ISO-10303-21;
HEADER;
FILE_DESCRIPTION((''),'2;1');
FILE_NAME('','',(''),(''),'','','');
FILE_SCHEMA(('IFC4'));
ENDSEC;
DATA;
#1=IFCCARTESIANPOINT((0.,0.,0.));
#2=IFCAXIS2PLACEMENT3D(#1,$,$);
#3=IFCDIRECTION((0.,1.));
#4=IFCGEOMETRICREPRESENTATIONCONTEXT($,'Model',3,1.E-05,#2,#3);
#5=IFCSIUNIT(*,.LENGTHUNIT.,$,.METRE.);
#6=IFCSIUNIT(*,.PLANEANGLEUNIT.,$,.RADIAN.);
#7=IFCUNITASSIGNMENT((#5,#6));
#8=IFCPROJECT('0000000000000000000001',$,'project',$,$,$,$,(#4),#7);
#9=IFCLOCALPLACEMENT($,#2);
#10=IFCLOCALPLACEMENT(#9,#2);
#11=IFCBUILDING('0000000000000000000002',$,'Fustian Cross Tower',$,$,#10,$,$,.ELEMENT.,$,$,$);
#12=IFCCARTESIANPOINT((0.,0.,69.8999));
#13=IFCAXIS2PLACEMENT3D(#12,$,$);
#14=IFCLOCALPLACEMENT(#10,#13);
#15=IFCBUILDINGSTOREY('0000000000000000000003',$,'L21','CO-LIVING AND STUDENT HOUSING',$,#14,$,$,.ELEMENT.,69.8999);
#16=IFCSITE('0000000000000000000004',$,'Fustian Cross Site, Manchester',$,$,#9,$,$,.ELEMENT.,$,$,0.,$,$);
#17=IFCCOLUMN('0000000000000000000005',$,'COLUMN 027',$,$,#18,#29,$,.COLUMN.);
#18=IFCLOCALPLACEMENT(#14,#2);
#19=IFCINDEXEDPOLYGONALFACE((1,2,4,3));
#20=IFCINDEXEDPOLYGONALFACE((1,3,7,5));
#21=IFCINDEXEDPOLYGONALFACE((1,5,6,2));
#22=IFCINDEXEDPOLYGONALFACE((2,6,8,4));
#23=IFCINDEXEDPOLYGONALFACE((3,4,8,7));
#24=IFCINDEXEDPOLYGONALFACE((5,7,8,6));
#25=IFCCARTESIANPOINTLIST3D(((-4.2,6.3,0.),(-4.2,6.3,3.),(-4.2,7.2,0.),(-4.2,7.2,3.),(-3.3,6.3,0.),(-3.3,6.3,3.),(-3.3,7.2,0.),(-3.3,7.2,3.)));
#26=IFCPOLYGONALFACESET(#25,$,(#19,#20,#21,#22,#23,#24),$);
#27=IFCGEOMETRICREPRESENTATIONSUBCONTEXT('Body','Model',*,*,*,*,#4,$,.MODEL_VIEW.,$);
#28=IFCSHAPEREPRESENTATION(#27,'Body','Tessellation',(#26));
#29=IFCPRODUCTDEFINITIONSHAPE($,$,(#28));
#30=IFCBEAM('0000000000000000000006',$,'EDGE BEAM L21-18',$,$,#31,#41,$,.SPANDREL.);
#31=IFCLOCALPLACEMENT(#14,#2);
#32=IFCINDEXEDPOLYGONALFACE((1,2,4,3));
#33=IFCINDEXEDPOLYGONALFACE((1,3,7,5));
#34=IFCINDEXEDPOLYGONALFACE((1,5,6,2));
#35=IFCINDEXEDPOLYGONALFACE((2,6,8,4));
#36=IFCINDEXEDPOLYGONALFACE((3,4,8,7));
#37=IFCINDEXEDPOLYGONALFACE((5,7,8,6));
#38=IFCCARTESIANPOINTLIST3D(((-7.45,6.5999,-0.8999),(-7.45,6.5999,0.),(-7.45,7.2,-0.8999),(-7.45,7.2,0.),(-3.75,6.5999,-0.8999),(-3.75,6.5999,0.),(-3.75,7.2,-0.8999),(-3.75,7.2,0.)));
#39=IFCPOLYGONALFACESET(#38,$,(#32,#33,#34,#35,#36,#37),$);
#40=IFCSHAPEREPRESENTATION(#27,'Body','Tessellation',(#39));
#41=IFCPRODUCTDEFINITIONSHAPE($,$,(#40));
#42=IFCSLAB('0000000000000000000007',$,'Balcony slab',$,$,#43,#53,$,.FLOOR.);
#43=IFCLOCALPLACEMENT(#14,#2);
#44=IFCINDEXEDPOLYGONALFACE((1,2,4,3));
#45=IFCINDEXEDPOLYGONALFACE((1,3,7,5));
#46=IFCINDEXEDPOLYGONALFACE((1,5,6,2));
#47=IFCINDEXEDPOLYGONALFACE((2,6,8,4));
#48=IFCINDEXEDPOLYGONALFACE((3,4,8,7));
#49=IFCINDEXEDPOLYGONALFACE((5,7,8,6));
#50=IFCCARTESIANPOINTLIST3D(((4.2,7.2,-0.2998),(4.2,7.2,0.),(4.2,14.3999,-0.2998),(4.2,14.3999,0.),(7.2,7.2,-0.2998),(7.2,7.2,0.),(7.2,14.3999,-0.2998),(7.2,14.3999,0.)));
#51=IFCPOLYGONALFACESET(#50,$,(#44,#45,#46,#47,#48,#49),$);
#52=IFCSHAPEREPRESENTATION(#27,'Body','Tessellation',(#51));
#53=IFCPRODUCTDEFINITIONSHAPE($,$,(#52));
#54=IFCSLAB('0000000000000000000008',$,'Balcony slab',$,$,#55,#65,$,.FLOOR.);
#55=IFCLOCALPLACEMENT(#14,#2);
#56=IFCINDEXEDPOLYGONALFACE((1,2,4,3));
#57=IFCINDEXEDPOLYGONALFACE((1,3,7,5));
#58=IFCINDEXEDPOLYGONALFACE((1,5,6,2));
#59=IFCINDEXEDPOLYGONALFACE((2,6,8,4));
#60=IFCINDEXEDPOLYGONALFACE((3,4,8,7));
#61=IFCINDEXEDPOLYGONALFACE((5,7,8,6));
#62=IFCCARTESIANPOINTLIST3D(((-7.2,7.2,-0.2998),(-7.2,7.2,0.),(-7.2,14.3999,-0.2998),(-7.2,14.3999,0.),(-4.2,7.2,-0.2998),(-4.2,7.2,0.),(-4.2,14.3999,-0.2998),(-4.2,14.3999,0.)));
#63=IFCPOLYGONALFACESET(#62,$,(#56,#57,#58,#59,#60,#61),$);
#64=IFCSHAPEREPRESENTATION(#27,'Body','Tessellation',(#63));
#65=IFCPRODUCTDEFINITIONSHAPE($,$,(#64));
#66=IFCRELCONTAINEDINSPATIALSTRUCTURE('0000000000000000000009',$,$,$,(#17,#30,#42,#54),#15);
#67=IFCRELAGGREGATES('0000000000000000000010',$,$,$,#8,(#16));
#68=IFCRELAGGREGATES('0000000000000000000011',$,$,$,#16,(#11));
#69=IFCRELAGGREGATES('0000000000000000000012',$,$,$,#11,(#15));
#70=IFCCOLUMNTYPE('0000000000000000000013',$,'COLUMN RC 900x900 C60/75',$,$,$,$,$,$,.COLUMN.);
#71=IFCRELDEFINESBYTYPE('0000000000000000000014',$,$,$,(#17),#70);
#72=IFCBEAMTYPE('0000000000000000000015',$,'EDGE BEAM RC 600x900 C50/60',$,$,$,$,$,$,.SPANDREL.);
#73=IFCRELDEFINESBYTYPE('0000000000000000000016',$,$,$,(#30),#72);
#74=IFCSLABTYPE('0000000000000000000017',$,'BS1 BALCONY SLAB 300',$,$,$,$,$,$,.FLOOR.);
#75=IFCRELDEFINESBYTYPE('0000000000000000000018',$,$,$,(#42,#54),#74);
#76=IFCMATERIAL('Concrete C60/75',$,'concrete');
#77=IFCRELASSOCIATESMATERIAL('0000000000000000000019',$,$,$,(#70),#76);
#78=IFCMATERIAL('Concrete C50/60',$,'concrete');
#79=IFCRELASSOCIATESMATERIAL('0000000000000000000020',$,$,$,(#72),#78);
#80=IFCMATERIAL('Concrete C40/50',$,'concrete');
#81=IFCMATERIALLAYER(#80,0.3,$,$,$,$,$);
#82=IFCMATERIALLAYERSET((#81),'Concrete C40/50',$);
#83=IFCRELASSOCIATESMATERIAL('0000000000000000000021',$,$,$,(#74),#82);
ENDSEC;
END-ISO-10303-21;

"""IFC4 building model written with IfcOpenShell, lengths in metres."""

from ifc_helpers import new_model, si_unit, direction, frame, origin, origin_2d, place, context, subcontext, project, spatial, polyline, rectangle, outline, extrude, material, layer, layer_set, material_profile, profile_set, type_object, element, save


model = new_model("IFC4")

# Units and contexts
model_context = context("Model", 3, precision=1e-05, world=origin(), true_north=direction((0.0, 1.0)))
body_context = subcontext(model_context, "Body", "Model", "MODEL_VIEW")
ifc_project = project(units=[si_unit("LENGTHUNIT", "METRE"), si_unit("PLANEANGLEUNIT", "RADIAN")], contexts=[model_context])

# Site, building, storey
site_placement = place(None, origin())
site = spatial("IfcSite", under=ifc_project, at=site_placement, Name="Fustian Cross Site, Manchester", CompositionType="ELEMENT", RefElevation=0.0)
building_placement = place(site_placement, origin())
building = spatial("IfcBuilding", under=site, at=building_placement, Name="Fustian Cross Tower", CompositionType="ELEMENT")
storey_placement = place(building_placement, frame((0.0, 0.0, 69.8999)))
storey = spatial("IfcBuildingStorey", under=building, at=storey_placement, Name="L21", Description="CO-LIVING AND STUDENT HOUSING", CompositionType="ELEMENT", Elevation=69.8999)

# Column
ifc_material_1 = material(Name="Concrete C60/75", Category="concrete")
ifc_material_profile_1 = material_profile(ifc_material_1, rectangle(XDim=0.8999, YDim=0.8999, at=origin_2d()), Name="RC 900x900")
ifc_profile_set_1 = profile_set([ifc_material_profile_1], Name="Concrete C60/75")
column_type = type_object("IfcColumnType", Name="COLUMN RC 900x900 C60/75", PredefinedType="COLUMN", material=ifc_profile_set_1)
column_placement = place(storey_placement, frame((-3.75, 6.75, 0.0), z_axis=(0.0, 0.0, 1.0), x_axis=(1.0, 0.0, 0.0)))
element("IfcColumn", 1, at=column_placement, inside=storey, type_object=column_type, Name="COLUMN 027", PredefinedType="COLUMN", context=body_context, shape_type="SweptSolid", body=[
    extrude(rectangle(XDim=0.8999, YDim=0.8999, at=origin_2d()), origin(), (0.0, 0.0, 1.0), 3.0),
])

# Beam
ifc_material_2 = material(Name="Concrete C50/60", Category="concrete")
ifc_material_profile_2 = material_profile(ifc_material_2, rectangle(XDim=0.6001, YDim=0.8999, at=origin_2d()), Name="RC 600x900")
ifc_profile_set_2 = profile_set([ifc_material_profile_2], Name="Concrete C50/60")
beam_type = type_object("IfcBeamType", Name="EDGE BEAM RC 600x900 C50/60", PredefinedType="SPANDREL", material=ifc_profile_set_2)
beam_placement = place(storey_placement, frame((-3.75, 6.8999, -0.45), z_axis=(-1.0, 0.0, 0.0), x_axis=(0.0, -1.0, 0.0)))
element("IfcBeam", 2, at=beam_placement, inside=storey, type_object=beam_type, Name="EDGE BEAM L21-18", PredefinedType="SPANDREL", context=body_context, shape_type="SweptSolid", body=[
    extrude(rectangle(XDim=0.6001, YDim=0.8999, at=origin_2d()), origin(), (0.0, 0.0, 1.0), 3.7),
])

# Slabs
ifc_material_3 = material(Name="Concrete C40/50", Category="concrete")
ifc_layer_1 = layer(ifc_material_3, 0.3)
ifc_layer_set_1 = layer_set([ifc_layer_1], Name="Concrete C40/50")
slab_type_1 = type_object("IfcSlabType", Name="BS1 BALCONY SLAB 300", PredefinedType="FLOOR", material=ifc_layer_set_1)
slab_1_placement = place(storey_placement, frame((0.0, 0.0, -0.2998)))
element("IfcSlab", 3, at=slab_1_placement, inside=storey, type_object=slab_type_1, Name="Balcony slab", PredefinedType="FLOOR", context=body_context, shape_type="SweptSolid", body=[
    extrude(outline(polyline([(4.2, 7.2), (7.2, 7.2), (7.2, 14.3999), (4.2, 14.3999), (4.2, 7.2)])), origin(), (0.0, 0.0, 1.0), 0.2998),
])
slab_2_placement = place(storey_placement, frame((0.0, 0.0, -0.2998)))
element("IfcSlab", 4, at=slab_2_placement, inside=storey, type_object=slab_type_1, Name="Balcony slab", PredefinedType="FLOOR", context=body_context, shape_type="SweptSolid", body=[
    extrude(outline(polyline([(-7.2, 7.2), (-4.2, 7.2), (-4.2, 14.3999), (-7.2, 14.3999), (-7.2, 7.2)])), origin(), (0.0, 0.0, 1.0), 0.2998),
])

save(model, "model.ifc")
